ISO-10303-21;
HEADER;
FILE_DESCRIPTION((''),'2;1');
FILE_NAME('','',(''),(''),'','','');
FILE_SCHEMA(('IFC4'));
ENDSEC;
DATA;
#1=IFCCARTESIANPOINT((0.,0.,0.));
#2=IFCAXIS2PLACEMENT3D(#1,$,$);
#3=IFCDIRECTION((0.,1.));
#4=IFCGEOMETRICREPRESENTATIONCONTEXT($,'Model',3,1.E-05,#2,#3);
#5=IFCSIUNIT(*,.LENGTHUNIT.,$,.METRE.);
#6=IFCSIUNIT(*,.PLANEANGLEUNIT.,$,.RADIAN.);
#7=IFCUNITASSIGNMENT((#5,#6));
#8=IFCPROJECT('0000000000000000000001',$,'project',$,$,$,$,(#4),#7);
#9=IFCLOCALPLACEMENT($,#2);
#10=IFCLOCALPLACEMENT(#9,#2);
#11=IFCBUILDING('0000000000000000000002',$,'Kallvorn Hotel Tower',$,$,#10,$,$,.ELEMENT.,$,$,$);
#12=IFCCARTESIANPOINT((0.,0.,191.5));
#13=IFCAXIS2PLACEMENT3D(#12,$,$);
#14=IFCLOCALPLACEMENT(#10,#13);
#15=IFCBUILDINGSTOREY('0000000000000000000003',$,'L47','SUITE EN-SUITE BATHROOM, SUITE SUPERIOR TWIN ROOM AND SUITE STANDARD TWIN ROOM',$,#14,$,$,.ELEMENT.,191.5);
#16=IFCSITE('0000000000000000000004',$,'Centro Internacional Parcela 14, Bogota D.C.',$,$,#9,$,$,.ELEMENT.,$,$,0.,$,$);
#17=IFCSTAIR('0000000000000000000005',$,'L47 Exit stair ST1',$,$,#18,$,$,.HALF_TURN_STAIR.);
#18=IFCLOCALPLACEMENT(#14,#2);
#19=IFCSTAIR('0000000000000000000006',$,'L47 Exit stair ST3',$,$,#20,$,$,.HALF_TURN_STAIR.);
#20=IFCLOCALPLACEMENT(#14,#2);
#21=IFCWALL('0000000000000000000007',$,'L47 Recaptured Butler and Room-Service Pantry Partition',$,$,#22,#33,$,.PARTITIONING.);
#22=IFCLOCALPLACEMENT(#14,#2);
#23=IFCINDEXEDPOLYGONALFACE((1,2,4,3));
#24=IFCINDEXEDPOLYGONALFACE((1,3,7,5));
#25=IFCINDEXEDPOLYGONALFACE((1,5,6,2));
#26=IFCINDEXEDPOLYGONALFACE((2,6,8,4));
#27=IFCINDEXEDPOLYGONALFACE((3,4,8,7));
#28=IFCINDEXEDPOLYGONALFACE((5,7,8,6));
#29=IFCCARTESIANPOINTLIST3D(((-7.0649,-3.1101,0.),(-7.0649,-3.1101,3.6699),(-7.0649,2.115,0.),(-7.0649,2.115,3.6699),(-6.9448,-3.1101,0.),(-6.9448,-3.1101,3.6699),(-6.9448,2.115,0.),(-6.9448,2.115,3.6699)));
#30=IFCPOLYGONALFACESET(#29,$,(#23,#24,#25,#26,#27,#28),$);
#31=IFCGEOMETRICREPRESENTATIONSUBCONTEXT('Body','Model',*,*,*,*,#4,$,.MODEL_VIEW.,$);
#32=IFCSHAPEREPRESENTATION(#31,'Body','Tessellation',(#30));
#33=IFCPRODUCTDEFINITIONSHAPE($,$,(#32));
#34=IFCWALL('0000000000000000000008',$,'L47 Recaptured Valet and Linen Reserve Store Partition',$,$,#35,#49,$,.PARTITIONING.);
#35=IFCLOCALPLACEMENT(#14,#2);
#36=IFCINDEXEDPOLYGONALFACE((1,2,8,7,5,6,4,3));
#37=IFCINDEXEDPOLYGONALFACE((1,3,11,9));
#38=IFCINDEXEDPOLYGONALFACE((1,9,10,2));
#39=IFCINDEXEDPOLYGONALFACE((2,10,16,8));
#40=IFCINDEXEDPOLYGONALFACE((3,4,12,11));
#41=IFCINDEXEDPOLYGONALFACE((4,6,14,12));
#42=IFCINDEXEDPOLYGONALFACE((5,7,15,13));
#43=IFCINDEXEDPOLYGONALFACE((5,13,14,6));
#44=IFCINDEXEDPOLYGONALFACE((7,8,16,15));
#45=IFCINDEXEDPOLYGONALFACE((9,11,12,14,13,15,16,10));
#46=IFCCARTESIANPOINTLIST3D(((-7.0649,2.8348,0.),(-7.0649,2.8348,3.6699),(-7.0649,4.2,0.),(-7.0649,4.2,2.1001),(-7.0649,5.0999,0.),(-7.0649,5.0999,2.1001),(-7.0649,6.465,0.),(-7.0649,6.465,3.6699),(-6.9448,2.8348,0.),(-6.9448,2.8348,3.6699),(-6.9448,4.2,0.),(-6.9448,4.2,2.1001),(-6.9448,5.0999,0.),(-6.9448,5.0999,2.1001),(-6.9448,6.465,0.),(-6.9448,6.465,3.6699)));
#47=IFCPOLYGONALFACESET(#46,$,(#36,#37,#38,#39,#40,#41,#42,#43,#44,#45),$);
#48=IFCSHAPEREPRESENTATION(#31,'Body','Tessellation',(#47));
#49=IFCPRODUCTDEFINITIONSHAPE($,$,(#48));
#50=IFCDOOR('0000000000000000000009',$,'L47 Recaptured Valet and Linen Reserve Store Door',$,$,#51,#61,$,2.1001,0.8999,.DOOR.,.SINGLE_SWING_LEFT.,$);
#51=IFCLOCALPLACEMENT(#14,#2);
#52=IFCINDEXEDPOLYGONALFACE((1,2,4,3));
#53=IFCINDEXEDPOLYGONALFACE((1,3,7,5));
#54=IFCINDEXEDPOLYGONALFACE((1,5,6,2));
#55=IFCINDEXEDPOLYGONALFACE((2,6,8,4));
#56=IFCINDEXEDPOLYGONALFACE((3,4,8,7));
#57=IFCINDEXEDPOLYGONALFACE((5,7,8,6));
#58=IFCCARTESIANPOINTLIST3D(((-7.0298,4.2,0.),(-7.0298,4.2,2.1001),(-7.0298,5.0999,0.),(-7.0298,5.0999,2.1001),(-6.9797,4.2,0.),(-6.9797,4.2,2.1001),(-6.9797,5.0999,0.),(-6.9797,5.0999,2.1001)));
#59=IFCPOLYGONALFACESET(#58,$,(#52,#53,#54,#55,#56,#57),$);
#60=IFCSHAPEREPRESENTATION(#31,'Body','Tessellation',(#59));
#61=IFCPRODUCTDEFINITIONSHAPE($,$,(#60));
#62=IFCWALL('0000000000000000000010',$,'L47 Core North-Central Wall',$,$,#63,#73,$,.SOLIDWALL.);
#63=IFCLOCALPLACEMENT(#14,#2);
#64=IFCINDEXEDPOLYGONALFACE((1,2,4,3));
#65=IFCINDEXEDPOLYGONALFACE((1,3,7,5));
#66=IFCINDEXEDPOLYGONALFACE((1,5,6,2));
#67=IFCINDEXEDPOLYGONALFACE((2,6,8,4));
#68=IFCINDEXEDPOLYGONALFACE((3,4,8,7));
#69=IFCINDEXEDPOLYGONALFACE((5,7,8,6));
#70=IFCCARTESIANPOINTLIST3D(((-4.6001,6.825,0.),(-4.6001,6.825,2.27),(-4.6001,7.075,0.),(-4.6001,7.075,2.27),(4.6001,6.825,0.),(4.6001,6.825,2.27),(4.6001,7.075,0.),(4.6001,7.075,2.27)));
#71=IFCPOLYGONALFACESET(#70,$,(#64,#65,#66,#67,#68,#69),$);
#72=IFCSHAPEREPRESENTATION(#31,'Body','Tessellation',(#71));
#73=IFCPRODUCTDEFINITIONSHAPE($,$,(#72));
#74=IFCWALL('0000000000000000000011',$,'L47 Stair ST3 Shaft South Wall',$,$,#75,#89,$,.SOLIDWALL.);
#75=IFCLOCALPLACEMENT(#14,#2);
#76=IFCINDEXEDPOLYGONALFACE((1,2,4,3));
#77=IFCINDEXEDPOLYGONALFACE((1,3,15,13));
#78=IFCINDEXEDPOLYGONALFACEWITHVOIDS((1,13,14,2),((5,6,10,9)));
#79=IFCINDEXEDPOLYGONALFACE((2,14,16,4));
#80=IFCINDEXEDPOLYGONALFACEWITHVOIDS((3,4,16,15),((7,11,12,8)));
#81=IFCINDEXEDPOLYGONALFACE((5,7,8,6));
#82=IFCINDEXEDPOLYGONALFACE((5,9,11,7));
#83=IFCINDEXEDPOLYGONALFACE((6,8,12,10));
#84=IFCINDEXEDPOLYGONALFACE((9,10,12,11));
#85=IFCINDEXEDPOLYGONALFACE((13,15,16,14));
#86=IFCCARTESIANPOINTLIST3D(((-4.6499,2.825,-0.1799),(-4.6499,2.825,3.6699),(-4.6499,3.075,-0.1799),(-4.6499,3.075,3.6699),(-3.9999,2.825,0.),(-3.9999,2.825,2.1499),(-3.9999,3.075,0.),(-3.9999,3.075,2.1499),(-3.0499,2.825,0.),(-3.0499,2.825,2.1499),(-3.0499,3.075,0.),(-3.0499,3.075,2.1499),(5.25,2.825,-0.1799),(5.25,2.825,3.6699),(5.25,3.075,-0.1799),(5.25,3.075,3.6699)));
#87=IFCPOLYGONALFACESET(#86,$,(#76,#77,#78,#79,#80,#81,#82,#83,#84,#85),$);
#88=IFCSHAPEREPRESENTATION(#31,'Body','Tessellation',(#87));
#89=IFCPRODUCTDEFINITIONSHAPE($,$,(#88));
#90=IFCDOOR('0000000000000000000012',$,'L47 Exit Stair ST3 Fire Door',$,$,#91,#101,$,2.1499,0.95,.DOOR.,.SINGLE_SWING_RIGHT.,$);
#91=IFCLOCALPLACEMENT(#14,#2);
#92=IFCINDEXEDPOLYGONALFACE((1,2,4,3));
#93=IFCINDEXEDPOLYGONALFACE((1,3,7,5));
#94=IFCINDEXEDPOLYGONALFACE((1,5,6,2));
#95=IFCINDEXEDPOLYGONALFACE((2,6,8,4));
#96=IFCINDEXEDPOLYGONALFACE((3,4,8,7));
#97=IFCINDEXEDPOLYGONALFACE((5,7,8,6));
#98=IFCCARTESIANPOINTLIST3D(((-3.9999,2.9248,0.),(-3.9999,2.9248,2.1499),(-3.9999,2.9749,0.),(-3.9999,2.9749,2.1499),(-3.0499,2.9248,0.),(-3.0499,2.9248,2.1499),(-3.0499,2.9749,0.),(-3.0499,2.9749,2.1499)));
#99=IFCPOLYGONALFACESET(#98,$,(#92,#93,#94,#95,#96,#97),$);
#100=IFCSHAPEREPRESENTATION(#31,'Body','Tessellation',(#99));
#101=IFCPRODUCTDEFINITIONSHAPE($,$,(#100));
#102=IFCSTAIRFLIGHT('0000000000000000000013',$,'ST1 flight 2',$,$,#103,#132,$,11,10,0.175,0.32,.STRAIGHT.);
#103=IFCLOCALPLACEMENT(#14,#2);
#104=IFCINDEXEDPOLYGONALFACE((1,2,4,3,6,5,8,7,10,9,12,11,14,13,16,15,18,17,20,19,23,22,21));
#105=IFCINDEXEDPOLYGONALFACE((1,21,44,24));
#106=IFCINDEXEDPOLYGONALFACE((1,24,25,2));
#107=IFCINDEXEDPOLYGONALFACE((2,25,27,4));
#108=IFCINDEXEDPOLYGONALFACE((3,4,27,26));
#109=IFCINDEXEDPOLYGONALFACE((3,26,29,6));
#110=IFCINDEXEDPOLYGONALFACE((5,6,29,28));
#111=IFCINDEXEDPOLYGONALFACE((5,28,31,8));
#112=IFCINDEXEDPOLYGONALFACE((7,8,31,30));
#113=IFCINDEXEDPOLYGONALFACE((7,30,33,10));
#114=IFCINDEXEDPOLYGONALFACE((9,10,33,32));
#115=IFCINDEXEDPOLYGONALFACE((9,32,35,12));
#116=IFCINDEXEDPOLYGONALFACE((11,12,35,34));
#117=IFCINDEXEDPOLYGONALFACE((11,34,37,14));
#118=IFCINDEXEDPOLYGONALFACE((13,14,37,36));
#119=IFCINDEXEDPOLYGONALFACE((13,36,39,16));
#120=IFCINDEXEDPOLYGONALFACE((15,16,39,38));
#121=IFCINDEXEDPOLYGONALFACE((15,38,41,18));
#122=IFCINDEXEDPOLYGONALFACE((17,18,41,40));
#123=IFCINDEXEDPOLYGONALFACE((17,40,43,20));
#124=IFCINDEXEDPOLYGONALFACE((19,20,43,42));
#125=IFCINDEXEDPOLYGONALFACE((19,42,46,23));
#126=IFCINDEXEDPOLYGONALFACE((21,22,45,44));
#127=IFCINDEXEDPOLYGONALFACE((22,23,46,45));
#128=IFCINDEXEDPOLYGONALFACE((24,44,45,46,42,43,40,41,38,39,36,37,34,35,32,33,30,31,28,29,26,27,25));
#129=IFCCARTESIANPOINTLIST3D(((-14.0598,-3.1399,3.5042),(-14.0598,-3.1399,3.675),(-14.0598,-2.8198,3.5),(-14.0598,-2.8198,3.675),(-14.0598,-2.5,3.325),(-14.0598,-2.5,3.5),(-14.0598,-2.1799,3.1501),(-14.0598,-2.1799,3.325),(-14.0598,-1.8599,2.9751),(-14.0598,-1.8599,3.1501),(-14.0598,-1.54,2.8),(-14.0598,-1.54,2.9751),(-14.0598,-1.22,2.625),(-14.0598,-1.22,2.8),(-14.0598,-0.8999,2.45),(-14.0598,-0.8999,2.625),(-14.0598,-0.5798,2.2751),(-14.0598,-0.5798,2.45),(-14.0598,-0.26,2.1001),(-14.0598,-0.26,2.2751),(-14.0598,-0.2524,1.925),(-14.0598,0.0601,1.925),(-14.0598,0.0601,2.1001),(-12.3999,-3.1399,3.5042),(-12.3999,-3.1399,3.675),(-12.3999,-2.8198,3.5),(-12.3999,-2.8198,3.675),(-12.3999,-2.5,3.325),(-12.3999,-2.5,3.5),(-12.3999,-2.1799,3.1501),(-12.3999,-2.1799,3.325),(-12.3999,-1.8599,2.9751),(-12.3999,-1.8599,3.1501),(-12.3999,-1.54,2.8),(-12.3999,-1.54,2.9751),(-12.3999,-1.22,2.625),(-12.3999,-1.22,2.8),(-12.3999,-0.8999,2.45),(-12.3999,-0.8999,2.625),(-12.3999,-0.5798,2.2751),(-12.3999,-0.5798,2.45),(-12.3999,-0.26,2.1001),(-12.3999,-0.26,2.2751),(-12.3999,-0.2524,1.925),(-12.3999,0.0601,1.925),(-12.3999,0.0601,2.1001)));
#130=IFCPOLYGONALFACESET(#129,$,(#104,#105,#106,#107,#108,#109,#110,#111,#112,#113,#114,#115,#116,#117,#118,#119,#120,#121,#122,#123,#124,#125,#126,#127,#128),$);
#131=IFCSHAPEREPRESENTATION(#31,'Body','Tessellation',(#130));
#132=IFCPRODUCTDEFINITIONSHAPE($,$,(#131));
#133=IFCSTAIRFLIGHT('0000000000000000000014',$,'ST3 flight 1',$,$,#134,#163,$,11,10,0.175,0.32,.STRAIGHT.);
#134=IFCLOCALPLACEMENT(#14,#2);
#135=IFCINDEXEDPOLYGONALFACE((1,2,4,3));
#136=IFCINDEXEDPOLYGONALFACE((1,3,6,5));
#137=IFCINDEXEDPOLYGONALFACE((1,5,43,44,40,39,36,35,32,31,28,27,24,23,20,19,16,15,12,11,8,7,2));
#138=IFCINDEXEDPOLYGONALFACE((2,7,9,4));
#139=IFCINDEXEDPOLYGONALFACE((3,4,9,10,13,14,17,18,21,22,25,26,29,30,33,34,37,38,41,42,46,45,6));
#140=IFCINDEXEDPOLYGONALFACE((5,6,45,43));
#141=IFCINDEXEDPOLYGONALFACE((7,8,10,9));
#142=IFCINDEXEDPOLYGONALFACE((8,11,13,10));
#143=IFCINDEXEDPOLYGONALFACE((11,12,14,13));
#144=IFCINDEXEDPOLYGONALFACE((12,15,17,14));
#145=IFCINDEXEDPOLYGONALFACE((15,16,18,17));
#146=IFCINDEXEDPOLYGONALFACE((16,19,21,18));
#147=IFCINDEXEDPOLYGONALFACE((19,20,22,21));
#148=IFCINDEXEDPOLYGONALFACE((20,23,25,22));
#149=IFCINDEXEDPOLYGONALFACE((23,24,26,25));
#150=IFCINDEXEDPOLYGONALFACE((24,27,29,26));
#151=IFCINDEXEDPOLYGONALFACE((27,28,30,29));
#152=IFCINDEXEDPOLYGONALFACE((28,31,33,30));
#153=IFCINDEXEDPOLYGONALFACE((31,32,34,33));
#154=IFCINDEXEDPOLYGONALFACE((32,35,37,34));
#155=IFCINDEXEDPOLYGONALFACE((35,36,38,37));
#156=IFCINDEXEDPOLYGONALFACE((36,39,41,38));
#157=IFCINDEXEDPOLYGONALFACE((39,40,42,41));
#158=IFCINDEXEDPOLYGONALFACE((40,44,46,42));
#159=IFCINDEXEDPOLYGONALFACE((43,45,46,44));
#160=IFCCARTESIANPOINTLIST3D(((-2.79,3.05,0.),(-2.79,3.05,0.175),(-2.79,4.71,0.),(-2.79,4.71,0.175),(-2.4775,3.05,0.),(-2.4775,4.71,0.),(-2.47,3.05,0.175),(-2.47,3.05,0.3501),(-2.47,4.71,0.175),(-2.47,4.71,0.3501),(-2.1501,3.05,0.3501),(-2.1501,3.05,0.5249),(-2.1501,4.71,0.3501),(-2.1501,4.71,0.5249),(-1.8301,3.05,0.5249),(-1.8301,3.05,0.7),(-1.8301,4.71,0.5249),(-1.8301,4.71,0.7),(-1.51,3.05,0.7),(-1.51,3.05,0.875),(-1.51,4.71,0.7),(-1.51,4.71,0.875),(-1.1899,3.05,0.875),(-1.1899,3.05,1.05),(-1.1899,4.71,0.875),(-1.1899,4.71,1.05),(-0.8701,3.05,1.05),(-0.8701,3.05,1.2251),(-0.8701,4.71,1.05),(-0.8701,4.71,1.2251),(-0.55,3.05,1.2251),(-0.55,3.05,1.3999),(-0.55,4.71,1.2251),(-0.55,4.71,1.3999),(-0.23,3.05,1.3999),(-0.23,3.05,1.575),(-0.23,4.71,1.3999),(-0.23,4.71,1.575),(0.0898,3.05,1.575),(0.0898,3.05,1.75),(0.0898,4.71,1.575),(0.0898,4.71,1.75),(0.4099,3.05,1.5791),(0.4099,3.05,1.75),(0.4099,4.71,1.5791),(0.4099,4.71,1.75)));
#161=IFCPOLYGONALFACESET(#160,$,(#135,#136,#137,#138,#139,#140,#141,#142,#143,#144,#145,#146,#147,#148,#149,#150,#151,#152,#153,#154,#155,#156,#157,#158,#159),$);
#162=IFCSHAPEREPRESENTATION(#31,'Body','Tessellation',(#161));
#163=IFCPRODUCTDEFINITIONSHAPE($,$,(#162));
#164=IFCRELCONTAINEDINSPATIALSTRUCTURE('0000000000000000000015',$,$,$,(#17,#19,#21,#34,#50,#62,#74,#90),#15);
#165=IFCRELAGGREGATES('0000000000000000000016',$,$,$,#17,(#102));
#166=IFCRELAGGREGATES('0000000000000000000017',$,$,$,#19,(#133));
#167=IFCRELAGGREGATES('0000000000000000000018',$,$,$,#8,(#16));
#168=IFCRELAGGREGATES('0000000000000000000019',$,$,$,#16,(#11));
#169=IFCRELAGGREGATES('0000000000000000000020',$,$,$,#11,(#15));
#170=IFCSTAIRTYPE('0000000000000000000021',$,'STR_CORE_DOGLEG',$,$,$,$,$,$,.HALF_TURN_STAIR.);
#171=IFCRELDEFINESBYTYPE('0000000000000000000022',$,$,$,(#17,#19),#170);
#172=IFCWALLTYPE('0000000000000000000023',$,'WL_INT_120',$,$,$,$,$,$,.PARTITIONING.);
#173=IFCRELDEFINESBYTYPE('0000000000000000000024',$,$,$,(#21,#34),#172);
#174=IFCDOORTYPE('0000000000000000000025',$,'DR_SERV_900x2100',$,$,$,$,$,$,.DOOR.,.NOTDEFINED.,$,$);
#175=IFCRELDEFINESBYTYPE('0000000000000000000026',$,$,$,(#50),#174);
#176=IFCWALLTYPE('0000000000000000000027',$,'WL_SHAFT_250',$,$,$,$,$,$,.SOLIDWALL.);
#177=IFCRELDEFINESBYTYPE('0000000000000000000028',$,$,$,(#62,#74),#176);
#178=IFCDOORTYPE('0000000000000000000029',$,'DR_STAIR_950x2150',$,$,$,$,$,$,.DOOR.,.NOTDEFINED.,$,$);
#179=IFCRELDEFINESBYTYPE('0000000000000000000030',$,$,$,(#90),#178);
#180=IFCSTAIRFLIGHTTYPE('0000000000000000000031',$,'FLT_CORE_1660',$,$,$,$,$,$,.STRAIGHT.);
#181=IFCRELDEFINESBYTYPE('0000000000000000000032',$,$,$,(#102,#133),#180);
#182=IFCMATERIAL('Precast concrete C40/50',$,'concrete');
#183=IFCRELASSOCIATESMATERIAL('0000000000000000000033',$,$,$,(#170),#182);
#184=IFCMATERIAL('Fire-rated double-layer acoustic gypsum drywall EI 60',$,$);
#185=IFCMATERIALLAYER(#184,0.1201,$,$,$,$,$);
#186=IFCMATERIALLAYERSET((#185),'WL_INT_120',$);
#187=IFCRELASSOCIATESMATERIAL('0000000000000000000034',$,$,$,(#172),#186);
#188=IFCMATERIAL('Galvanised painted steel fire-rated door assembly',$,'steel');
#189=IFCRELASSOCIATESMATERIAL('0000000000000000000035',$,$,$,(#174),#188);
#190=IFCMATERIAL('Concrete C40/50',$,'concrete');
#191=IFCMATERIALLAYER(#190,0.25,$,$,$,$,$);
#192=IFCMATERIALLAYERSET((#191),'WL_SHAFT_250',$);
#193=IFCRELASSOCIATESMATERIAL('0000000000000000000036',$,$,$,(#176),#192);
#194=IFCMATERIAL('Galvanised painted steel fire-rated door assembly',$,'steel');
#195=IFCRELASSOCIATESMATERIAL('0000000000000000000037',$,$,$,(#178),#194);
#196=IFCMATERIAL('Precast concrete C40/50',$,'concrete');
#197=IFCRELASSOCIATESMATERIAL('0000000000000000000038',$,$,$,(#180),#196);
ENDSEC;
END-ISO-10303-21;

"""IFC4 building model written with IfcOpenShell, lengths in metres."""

from ifc_helpers import new_model, si_unit, direction, frame, frame_2d, origin, place, context, subcontext, project, spatial, polyline, rectangle, outline, extrude, material, layer, layer_set, type_object, element, fill, aggregate, save


model = new_model("IFC4")

# Units and contexts
model_context = context("Model", 3, precision=1e-05, world=origin(), true_north=direction((0.0, 1.0)))
body_context = subcontext(model_context, "Body", "Model", "MODEL_VIEW")
ifc_project = project(units=[si_unit("LENGTHUNIT", "METRE"), si_unit("PLANEANGLEUNIT", "RADIAN")], contexts=[model_context])

# Site, building, storey
site_placement = place(None, origin())
site = spatial("IfcSite", under=ifc_project, at=site_placement, Name="Centro Internacional Parcela 14, Bogota D.C.", CompositionType="ELEMENT", RefElevation=0.0)
building_placement = place(site_placement, origin())
building = spatial("IfcBuilding", under=site, at=building_placement, Name="Kallvorn Hotel Tower", CompositionType="ELEMENT")
storey_placement = place(building_placement, frame((0.0, 0.0, 191.5)))
storey = spatial("IfcBuildingStorey", under=building, at=storey_placement, Name="L47", Description="SUITE EN-SUITE BATHROOM, SUITE SUPERIOR TWIN ROOM AND SUITE STANDARD TWIN ROOM", CompositionType="ELEMENT", Elevation=191.5)

# Stairs
ifc_material_1 = material(Name="Precast concrete C40/50", Category="concrete")
stair_type = type_object("IfcStairType", Name="STR_CORE_DOGLEG", PredefinedType="HALF_TURN_STAIR", material=ifc_material_1)
stair_1_placement = place(storey_placement, origin())
stair_1 = element("IfcStair", 1, at=stair_1_placement, inside=storey, type_object=stair_type, Name="L47 Exit stair ST1", PredefinedType="HALF_TURN_STAIR")
stair_2_placement = place(storey_placement, origin())
stair_2 = element("IfcStair", 2, at=stair_2_placement, inside=storey, type_object=stair_type, Name="L47 Exit stair ST3", PredefinedType="HALF_TURN_STAIR")

# Wall
ifc_material_2 = material(Name="Fire-rated double-layer acoustic gypsum drywall EI 60")
ifc_layer_1 = layer(ifc_material_2, 0.1201)
ifc_layer_set_1 = layer_set([ifc_layer_1], Name="WL_INT_120")
wall_type_1 = type_object("IfcWallType", Name="WL_INT_120", PredefinedType="PARTITIONING", material=ifc_layer_set_1)
wall_1_placement = place(storey_placement, frame((-7.0049, -3.1101, 0.0), z_axis=(0.0, 0.0, 1.0), x_axis=(0.0, 1.0, 0.0)))
element("IfcWall", 3, at=wall_1_placement, inside=storey, type_object=wall_type_1, Name="L47 Recaptured Butler and Room-Service Pantry Partition", PredefinedType="PARTITIONING", context=body_context, shape_type="SweptSolid", body=[
    extrude(rectangle(XDim=5.2251, YDim=0.1201, at=frame_2d((2.6125, 0.0))), origin(), (0.0, 0.0, 1.0), 3.6699),
])

# Wall, opening, door
wall_2_placement = place(storey_placement, frame((-7.0049, 2.835, 0.0), z_axis=(0.0, 0.0, 1.0), x_axis=(0.0, 1.0, 0.0)))
wall_2 = element("IfcWall", 4, at=wall_2_placement, inside=storey, type_object=wall_type_1, Name="L47 Recaptured Valet and Linen Reserve Store Partition", PredefinedType="PARTITIONING", context=body_context, shape_type="SweptSolid", body=[
    extrude(rectangle(XDim=3.6301, YDim=0.1201, at=frame_2d((1.8149, 0.0))), origin(), (0.0, 0.0, 1.0), 3.6699),
])
opening_1_placement = place(wall_2_placement, frame((1.365, 0.0, 0.0)))
opening_1 = element("IfcOpeningElement", 5, at=opening_1_placement, cuts=wall_2, PredefinedType="OPENING", context=body_context, shape_type="SweptSolid", body=[
    extrude(rectangle(XDim=0.8999, YDim=2.1001, at=frame_2d((0.45, 1.05))), frame((0.0, 0.075, 0.0), z_axis=(0.0, -1.0, 0.0), x_axis=(1.0, 0.0, 0.0)), (0.0, 0.0, 1.0), 0.1501),
])
ifc_material_3 = material(Name="Galvanised painted steel fire-rated door assembly", Category="steel")
door_type_1 = type_object("IfcDoorType", Name="DR_SERV_900x2100", OperationType="NOTDEFINED", PredefinedType="DOOR", material=ifc_material_3)
door_1_placement = place(opening_1_placement, origin())
door_1 = element("IfcDoor", 6, at=door_1_placement, inside=storey, type_object=door_type_1, Name="L47 Recaptured Valet and Linen Reserve Store Door", OperationType="SINGLE_SWING_LEFT", OverallHeight=2.1001, OverallWidth=0.8999, PredefinedType="DOOR", context=body_context, shape_type="SweptSolid", body=[
    extrude(rectangle(XDim=0.8999, YDim=2.1001, at=frame_2d((0.45, 1.05))), frame((0.0, 0.0249, 0.0), z_axis=(0.0, -1.0, 0.0), x_axis=(1.0, 0.0, 0.0)), (0.0, 0.0, 1.0), 0.05),
])
fill(opening_1, door_1)

# Wall
ifc_material_4 = material(Name="Concrete C40/50", Category="concrete")
ifc_layer_2 = layer(ifc_material_4, 0.25)
ifc_layer_set_2 = layer_set([ifc_layer_2], Name="WL_SHAFT_250")
wall_type_2 = type_object("IfcWallType", Name="WL_SHAFT_250", PredefinedType="SOLIDWALL", material=ifc_layer_set_2)
wall_3_placement = place(storey_placement, frame((-4.6001, 6.95, 0.0), z_axis=(0.0, 0.0, 1.0), x_axis=(1.0, 0.0, 0.0)))
element("IfcWall", 7, at=wall_3_placement, inside=storey, type_object=wall_type_2, Name="L47 Core North-Central Wall", PredefinedType="SOLIDWALL", context=body_context, shape_type="SweptSolid", body=[
    extrude(rectangle(XDim=9.2002, YDim=0.25, at=frame_2d((4.6001, 0.0))), origin(), (0.0, 0.0, 1.0), 2.27),
])

# Wall, opening, door
wall_4_placement = place(storey_placement, frame((-4.6499, 2.95, -0.1799), z_axis=(0.0, 0.0, 1.0), x_axis=(1.0, 0.0, 0.0)))
wall_4 = element("IfcWall", 8, at=wall_4_placement, inside=storey, type_object=wall_type_2, Name="L47 Stair ST3 Shaft South Wall", PredefinedType="SOLIDWALL", context=body_context, shape_type="SweptSolid", body=[
    extrude(rectangle(XDim=9.8999, YDim=0.25, at=frame_2d((4.95, 0.0))), origin(), (0.0, 0.0, 1.0), 3.8499),
])
opening_2_placement = place(wall_4_placement, frame((0.6499, 0.0, 0.1799)))
opening_2 = element("IfcOpeningElement", 9, at=opening_2_placement, cuts=wall_4, PredefinedType="OPENING", context=body_context, shape_type="SweptSolid", body=[
    extrude(rectangle(XDim=0.95, YDim=2.1499, at=frame_2d((0.4751, 1.075))), frame((0.0, 0.1399, 0.0), z_axis=(0.0, -1.0, 0.0), x_axis=(1.0, 0.0, 0.0)), (0.0, 0.0, 1.0), 0.28),
])
ifc_material_5 = material(Name="Galvanised painted steel fire-rated door assembly", Category="steel")
door_type_2 = type_object("IfcDoorType", Name="DR_STAIR_950x2150", OperationType="NOTDEFINED", PredefinedType="DOOR", material=ifc_material_5)
door_2_placement = place(opening_2_placement, origin())
door_2 = element("IfcDoor", 10, at=door_2_placement, inside=storey, type_object=door_type_2, Name="L47 Exit Stair ST3 Fire Door", OperationType="SINGLE_SWING_RIGHT", OverallHeight=2.1499, OverallWidth=0.95, PredefinedType="DOOR", context=body_context, shape_type="SweptSolid", body=[
    extrude(rectangle(XDim=0.95, YDim=2.1499, at=frame_2d((0.4751, 1.075))), frame((0.0, 0.0249, 0.0), z_axis=(0.0, -1.0, 0.0), x_axis=(1.0, 0.0, 0.0)), (0.0, 0.0, 1.0), 0.05),
])
fill(opening_2, door_2)

# Stair flights
ifc_material_6 = material(Name="Precast concrete C40/50", Category="concrete")
stair_flight_type = type_object("IfcStairFlightType", Name="FLT_CORE_1660", PredefinedType="STRAIGHT", material=ifc_material_6)
stair_flight_1_placement = place(storey_placement, frame((-13.23, 0.0601, 1.925), z_axis=(0.0, 0.0, 1.0), x_axis=(0.0, -1.0, 0.0)))
stair_flight_1 = element("IfcStairFlight", 11, at=stair_flight_1_placement, type_object=stair_flight_type, Name="ST1 flight 2", NumberOfRisers=11, NumberOfTreads=10, PredefinedType="STRAIGHT", RiserHeight=0.175, TreadLength=0.32, context=body_context, shape_type="SweptSolid", body=[
    extrude(outline(polyline([(0.0, 0.0), (0.0, 0.175), (0.3201, 0.175), (0.3201, 0.3501), (0.6399, 0.3501), (0.6399, 0.5249), (0.96, 0.5249), (0.96, 0.7), (1.28, 0.7), (1.28, 0.875), (1.6001, 0.875), (1.6001, 1.05), (1.9199, 1.05), (1.9199, 1.2251), (2.24, 1.2251), (2.24, 1.3999), (2.5601, 1.3999), (2.5601, 1.575), (2.8799, 1.575), (2.8799, 1.75), (3.2, 1.75), (3.2, 1.925), (3.2, 1.5791), (0.3125, 0.0), (0.0, 0.0)])), frame((0.0, 0.8301, 0.0), z_axis=(0.0, -1.0, 0.0), x_axis=(1.0, 0.0, 0.0)), (0.0, 0.0, 1.0), 1.6599),
])
aggregate(stair_1, [stair_flight_1])
stair_flight_2_placement = place(storey_placement, frame((-2.79, 3.8799, 0.0), z_axis=(0.0, 0.0, 1.0), x_axis=(1.0, 0.0, 0.0)))
stair_flight_2 = element("IfcStairFlight", 12, at=stair_flight_2_placement, type_object=stair_flight_type, Name="ST3 flight 1", NumberOfRisers=11, NumberOfTreads=10, PredefinedType="STRAIGHT", RiserHeight=0.175, TreadLength=0.32, context=body_context, shape_type="SweptSolid", body=[
    extrude(outline(polyline([(0.0, 0.0), (0.0, 0.175), (0.3201, 0.175), (0.3201, 0.3501), (0.6399, 0.3501), (0.6399, 0.5249), (0.96, 0.5249), (0.96, 0.7), (1.28, 0.7), (1.28, 0.875), (1.6001, 0.875), (1.6001, 1.05), (1.9199, 1.05), (1.9199, 1.2251), (2.24, 1.2251), (2.24, 1.3999), (2.5601, 1.3999), (2.5601, 1.575), (2.8799, 1.575), (2.8799, 1.75), (3.2, 1.75), (3.2, 1.925), (3.2, 1.5791), (0.3125, 0.0), (0.0, 0.0)])), frame((0.0, 0.8301, 0.0), z_axis=(0.0, -1.0, 0.0), x_axis=(1.0, 0.0, 0.0)), (0.0, 0.0, 1.0), 1.6599),
])
aggregate(stair_2, [stair_flight_2])

save(model, "model.ifc")
